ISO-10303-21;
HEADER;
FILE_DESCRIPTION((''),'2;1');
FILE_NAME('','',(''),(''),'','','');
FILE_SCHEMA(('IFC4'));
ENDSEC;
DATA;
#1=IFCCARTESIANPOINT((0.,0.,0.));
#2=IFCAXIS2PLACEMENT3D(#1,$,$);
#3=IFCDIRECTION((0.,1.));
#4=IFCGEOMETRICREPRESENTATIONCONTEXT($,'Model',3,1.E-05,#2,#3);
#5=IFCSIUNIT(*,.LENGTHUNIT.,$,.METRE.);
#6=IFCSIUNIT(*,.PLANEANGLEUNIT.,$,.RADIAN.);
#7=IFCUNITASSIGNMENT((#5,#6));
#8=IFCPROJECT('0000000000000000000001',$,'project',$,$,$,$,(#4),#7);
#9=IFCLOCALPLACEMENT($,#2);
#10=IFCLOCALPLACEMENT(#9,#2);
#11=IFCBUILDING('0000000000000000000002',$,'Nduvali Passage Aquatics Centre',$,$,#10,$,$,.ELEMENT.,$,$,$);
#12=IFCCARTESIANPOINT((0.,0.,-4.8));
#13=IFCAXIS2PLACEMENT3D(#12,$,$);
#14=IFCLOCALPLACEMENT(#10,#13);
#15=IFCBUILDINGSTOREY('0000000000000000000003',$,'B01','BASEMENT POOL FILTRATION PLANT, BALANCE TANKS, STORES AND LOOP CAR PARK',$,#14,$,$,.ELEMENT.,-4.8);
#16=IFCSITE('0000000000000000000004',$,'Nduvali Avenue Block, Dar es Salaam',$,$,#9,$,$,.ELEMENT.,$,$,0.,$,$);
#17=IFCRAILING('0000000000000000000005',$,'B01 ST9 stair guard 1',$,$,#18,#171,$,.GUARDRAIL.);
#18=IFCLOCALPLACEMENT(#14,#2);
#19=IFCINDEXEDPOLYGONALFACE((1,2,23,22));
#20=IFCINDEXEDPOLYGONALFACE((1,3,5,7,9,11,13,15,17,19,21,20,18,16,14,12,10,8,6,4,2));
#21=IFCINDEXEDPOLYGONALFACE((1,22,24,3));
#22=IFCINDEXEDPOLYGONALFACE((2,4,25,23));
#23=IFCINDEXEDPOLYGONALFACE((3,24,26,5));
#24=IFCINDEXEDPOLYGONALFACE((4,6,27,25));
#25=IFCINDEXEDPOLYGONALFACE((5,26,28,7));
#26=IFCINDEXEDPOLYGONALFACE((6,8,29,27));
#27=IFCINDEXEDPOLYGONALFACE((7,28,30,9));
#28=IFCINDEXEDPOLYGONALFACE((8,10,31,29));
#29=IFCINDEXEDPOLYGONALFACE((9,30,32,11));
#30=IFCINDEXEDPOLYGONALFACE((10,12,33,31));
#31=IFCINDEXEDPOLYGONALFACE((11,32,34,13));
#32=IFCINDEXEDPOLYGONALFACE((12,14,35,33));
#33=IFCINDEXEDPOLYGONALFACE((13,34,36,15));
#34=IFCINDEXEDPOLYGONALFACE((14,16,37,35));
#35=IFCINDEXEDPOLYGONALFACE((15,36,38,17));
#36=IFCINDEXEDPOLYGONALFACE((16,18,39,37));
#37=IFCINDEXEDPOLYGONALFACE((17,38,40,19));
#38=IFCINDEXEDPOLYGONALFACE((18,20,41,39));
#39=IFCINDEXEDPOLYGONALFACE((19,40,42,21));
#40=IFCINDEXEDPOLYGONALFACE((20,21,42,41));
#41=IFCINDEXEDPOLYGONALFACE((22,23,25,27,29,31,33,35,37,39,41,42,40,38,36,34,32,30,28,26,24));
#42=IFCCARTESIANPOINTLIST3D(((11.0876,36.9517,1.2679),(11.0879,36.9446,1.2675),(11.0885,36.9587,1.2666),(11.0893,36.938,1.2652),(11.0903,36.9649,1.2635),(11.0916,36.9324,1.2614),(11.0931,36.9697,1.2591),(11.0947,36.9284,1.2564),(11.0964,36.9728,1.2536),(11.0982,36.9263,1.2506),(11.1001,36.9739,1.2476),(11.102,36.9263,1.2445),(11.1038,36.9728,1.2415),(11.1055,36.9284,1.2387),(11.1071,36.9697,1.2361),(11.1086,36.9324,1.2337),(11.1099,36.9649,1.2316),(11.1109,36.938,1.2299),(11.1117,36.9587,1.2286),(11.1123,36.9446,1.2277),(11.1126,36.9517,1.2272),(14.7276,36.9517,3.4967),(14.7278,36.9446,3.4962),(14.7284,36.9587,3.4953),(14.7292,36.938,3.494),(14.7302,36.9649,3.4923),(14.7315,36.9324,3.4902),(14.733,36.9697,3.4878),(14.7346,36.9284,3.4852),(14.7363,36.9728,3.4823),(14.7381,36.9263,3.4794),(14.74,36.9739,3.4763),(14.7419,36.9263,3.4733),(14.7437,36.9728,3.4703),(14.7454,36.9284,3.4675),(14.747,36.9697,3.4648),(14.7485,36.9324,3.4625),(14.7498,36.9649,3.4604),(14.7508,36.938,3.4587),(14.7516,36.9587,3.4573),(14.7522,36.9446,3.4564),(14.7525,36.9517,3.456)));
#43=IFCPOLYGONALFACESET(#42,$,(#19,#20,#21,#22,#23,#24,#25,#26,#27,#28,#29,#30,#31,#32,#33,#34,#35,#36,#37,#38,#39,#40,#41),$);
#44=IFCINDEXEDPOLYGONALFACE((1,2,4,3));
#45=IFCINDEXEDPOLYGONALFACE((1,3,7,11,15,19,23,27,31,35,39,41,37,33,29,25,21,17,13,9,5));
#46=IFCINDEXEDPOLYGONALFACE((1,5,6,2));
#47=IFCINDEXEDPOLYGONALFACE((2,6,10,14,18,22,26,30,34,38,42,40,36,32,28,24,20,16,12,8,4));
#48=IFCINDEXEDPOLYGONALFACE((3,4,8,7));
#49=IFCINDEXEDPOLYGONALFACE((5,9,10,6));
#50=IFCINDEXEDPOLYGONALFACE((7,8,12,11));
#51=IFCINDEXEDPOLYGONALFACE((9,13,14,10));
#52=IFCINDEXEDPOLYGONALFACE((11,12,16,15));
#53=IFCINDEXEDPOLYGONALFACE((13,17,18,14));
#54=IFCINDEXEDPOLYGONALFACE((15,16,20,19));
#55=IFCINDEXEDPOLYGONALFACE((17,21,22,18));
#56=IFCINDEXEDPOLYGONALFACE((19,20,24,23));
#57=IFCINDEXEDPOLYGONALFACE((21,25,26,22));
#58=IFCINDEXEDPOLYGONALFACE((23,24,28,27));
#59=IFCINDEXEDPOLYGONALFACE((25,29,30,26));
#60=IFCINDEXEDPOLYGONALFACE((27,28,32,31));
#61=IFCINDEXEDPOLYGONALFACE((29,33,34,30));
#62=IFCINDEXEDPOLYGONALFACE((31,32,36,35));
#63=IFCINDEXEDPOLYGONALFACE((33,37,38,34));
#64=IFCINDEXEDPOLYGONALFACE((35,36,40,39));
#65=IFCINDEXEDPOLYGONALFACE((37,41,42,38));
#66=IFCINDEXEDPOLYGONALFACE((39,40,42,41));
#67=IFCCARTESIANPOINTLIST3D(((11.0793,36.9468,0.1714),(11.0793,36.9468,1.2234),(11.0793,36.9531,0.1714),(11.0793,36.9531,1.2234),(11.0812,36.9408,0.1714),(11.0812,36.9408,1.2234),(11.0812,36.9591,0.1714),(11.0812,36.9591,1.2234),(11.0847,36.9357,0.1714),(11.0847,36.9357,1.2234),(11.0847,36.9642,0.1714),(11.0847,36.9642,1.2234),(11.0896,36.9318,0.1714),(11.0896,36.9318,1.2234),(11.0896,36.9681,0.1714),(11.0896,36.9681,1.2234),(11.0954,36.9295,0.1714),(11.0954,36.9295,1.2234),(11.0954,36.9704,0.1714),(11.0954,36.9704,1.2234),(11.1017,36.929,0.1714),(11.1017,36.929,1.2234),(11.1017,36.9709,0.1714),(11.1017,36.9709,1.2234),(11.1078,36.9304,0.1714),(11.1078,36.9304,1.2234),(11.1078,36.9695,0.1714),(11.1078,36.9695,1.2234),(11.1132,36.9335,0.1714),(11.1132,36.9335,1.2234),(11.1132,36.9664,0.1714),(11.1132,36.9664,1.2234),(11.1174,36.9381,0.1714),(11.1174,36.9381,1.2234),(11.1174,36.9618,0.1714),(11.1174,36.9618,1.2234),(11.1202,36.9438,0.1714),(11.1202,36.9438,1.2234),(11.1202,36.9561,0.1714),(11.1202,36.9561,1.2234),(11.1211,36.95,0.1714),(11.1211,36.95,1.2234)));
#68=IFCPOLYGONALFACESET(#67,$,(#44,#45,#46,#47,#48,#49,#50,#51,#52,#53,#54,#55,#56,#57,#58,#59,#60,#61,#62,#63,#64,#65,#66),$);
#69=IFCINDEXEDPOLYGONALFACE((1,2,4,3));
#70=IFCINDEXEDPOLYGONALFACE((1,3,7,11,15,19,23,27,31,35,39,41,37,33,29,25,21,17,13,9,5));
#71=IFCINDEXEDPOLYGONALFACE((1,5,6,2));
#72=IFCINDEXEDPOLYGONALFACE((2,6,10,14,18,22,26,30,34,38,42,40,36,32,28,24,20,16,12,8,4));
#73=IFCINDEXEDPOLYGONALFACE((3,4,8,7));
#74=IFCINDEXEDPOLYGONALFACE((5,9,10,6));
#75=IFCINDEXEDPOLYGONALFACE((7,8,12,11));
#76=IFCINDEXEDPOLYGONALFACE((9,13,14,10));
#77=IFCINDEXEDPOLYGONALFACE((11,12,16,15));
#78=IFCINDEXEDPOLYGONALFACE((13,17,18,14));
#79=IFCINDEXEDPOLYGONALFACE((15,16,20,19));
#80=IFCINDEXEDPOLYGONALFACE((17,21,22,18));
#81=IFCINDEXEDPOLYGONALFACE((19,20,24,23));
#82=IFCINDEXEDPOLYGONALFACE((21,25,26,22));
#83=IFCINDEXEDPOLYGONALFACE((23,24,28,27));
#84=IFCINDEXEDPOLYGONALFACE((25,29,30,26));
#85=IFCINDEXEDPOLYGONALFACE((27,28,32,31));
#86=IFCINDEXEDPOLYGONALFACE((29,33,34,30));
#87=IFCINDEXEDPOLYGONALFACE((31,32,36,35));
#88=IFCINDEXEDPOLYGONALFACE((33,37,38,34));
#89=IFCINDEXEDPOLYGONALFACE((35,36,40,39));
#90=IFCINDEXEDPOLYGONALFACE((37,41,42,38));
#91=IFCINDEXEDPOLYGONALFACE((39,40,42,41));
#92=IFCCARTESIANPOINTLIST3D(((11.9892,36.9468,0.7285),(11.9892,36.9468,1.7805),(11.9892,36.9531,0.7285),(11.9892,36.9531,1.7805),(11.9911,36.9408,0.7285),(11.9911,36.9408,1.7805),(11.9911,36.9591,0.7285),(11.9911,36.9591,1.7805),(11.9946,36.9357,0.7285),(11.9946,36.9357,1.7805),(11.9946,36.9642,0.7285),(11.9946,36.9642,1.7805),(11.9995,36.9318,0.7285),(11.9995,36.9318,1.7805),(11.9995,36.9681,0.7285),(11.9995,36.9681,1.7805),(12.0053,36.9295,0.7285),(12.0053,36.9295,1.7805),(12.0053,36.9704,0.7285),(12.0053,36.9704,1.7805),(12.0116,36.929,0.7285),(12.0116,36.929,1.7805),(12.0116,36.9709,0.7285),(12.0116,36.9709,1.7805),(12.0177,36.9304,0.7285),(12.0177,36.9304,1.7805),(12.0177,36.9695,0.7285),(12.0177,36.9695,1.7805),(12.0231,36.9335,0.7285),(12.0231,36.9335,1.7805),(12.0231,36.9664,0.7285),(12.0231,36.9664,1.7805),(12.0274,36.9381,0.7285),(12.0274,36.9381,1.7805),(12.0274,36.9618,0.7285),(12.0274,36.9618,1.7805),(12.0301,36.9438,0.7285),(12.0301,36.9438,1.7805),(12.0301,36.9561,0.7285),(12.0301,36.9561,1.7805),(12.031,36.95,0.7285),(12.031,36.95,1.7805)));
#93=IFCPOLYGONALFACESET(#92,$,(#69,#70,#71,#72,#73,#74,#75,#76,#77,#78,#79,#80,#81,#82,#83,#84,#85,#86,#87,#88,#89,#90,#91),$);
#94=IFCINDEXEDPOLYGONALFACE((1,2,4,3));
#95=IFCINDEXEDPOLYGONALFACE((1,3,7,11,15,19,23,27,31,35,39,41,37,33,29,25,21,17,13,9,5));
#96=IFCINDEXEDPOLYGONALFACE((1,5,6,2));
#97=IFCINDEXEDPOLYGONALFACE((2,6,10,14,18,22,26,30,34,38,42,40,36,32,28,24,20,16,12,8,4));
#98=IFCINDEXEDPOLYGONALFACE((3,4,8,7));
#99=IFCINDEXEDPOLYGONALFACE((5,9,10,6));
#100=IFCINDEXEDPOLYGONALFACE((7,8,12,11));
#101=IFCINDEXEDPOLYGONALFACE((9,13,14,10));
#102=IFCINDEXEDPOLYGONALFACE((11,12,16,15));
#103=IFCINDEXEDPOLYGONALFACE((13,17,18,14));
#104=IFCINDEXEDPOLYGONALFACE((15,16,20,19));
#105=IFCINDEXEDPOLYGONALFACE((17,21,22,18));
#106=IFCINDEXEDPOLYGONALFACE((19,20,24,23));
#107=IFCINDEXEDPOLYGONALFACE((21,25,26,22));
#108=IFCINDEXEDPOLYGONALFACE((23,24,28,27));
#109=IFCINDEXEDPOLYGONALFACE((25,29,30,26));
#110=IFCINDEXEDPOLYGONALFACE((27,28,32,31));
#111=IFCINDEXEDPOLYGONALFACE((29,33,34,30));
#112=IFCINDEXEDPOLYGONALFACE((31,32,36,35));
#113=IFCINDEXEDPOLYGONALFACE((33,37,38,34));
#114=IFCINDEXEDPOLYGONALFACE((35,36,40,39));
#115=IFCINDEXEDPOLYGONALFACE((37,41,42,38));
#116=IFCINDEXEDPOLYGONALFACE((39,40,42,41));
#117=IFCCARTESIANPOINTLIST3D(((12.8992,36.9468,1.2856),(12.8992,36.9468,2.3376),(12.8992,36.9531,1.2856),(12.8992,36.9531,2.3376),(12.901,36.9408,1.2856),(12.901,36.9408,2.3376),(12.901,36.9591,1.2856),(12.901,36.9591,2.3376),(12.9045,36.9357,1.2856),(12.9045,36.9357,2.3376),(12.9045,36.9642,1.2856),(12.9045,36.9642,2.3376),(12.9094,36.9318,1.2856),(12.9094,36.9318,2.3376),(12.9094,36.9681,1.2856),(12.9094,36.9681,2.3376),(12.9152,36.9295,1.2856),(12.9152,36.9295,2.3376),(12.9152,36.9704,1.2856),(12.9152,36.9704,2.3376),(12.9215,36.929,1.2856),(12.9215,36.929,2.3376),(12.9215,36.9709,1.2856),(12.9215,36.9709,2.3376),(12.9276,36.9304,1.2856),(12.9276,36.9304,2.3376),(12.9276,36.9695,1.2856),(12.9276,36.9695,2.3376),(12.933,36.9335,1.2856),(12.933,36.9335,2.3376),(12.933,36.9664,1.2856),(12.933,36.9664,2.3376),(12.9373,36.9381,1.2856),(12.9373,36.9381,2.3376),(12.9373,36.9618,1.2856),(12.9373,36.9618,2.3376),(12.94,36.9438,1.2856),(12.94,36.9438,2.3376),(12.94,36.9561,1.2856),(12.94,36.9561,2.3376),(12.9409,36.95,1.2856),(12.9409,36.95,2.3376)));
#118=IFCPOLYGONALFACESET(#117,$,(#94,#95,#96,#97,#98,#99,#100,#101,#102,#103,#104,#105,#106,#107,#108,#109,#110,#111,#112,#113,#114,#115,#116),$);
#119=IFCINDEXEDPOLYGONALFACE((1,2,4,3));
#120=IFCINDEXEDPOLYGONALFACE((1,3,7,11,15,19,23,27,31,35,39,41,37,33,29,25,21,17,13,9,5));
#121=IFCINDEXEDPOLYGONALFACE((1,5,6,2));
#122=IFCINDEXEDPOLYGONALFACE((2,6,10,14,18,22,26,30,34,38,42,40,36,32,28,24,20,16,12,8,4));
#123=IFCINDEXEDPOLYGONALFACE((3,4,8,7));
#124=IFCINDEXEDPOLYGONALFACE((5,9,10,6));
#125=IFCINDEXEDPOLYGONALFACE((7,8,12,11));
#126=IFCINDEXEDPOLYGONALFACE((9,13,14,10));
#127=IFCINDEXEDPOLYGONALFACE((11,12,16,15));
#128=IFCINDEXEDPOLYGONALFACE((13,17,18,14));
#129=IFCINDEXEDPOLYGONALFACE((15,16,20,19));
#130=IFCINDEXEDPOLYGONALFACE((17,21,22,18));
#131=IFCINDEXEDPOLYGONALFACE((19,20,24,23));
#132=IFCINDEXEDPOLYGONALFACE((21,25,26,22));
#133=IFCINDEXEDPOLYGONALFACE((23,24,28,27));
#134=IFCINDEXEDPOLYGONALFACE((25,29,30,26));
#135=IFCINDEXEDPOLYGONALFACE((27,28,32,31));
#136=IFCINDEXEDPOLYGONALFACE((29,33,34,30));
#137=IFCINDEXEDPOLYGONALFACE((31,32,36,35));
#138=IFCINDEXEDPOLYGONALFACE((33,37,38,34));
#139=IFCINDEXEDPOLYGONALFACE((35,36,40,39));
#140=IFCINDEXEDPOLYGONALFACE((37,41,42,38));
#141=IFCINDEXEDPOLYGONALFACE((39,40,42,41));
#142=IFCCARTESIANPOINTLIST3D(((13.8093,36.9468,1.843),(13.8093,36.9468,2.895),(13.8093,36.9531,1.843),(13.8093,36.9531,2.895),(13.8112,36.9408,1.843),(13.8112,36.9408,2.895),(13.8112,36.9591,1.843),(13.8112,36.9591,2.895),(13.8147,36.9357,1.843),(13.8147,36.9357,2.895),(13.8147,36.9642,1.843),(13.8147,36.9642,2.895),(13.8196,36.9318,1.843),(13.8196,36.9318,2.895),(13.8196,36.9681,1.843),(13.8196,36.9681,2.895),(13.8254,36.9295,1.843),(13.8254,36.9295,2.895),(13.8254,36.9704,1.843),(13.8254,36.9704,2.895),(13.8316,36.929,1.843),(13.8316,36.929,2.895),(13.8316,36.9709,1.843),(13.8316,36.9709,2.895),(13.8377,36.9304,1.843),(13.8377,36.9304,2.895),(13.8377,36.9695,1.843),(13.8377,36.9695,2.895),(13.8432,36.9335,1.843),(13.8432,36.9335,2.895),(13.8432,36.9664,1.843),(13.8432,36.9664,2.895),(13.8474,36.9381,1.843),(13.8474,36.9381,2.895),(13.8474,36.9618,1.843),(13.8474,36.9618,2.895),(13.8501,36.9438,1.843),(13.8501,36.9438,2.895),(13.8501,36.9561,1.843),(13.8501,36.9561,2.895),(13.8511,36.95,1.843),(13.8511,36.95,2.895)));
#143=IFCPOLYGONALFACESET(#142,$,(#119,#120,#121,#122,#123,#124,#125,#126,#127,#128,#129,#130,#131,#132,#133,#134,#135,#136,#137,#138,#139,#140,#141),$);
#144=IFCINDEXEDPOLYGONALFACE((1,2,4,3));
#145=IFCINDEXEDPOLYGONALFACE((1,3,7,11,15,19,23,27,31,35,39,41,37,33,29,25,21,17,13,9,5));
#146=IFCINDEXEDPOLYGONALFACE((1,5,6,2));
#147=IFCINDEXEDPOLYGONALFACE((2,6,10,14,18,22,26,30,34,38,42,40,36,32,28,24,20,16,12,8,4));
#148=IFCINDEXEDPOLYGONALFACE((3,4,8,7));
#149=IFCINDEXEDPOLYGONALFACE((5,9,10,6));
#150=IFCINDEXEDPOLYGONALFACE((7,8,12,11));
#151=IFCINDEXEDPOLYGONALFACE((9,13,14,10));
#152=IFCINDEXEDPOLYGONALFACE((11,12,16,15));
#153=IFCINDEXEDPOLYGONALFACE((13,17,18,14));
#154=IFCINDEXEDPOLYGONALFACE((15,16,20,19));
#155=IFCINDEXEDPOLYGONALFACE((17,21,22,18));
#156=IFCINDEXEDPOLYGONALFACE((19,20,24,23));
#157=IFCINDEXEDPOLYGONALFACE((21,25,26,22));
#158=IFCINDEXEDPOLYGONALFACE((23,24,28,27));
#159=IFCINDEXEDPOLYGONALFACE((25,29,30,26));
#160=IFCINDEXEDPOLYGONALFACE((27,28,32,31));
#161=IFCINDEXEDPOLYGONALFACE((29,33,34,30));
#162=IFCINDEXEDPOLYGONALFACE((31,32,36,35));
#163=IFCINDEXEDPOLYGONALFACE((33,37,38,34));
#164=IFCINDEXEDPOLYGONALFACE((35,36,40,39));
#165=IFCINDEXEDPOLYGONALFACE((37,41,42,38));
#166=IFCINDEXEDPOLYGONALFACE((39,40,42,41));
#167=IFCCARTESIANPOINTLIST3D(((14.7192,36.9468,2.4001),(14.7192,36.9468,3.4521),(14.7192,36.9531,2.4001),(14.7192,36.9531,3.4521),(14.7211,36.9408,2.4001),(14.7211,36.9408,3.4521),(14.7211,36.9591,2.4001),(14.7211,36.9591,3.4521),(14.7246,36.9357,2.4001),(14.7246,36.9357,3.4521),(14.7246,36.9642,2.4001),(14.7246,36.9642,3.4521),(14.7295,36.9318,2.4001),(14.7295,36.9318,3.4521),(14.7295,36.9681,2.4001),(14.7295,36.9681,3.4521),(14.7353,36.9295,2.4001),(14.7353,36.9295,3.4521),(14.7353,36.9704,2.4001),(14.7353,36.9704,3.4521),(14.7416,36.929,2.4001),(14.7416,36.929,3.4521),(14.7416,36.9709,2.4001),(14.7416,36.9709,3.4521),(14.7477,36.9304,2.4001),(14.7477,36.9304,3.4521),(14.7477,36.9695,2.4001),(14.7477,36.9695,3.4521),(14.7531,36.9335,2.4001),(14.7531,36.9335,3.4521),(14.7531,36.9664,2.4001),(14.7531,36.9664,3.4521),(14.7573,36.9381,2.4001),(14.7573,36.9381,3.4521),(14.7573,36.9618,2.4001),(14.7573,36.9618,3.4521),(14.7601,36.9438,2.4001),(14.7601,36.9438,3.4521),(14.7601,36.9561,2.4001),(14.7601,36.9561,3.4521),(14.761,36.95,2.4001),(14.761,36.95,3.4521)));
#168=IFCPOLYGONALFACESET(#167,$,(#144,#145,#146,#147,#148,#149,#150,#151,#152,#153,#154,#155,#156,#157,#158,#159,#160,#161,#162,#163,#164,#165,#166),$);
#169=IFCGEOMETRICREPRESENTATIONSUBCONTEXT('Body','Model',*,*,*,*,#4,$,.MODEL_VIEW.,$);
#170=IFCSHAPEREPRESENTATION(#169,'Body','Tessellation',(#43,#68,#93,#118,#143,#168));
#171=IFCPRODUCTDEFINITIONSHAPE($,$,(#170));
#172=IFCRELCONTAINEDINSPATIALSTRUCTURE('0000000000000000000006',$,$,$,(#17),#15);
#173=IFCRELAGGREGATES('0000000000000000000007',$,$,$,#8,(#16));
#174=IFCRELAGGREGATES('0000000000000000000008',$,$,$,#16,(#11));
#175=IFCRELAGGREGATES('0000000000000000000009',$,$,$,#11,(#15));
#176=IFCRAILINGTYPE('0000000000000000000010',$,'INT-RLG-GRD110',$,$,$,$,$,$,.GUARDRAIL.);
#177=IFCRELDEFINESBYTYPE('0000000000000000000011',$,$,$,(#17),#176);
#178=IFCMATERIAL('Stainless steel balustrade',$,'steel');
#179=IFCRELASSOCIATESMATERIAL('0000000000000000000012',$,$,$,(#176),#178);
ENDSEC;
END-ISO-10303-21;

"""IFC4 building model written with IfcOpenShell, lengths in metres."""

from ifc_helpers import new_model, si_unit, direction, frame, origin, origin_2d, place, context, subcontext, project, spatial, circle, extrude, material, type_object, element, save


model = new_model("IFC4")

# Units and contexts
model_context = context("Model", 3, precision=1e-05, world=origin(), true_north=direction((0.0, 1.0)))
body_context = subcontext(model_context, "Body", "Model", "MODEL_VIEW")
ifc_project = project(units=[si_unit("LENGTHUNIT", "METRE"), si_unit("PLANEANGLEUNIT", "RADIAN")], contexts=[model_context])

# Site, building, storey
site_placement = place(None, origin())
site = spatial("IfcSite", under=ifc_project, at=site_placement, Name="Nduvali Avenue Block, Dar es Salaam", CompositionType="ELEMENT", RefElevation=0.0)
building_placement = place(site_placement, origin())
building = spatial("IfcBuilding", under=site, at=building_placement, Name="Nduvali Passage Aquatics Centre", CompositionType="ELEMENT")
storey_placement = place(building_placement, frame((0.0, 0.0, -4.8)))
storey = spatial("IfcBuildingStorey", under=building, at=storey_placement, Name="B01", Description="BASEMENT POOL FILTRATION PLANT, BALANCE TANKS, STORES AND LOOP CAR PARK", CompositionType="ELEMENT", Elevation=-4.8)

# Railing
ifc_material_1 = material(Name="Stainless steel balustrade", Category="steel")
railing_type_1 = type_object("IfcRailingType", Name="INT-RLG-GRD110", PredefinedType="GUARDRAIL", material=ifc_material_1)
railing_1_placement = place(storey_placement, frame((11.1001, 36.95, 0.1714)))
element("IfcRailing", 1, at=railing_1_placement, inside=storey, type_object=railing_type_1, Name="B01 ST9 stair guard 1", PredefinedType="GUARDRAIL", context=body_context, shape_type="SweptSolid", body=[
    extrude(circle(Radius=0.0239, at=origin_2d()), frame((0.0, 0.0, 1.0762), z_axis=(0.852825, 0.0, 0.522197), x_axis=(0.0, 1.0, 0.0)), (0.0, 0.0, 1.0), 4.2681),
    extrude(circle(Radius=0.021, at=origin_2d()), origin(), (0.0, 0.0, 1.0), 1.052),
    extrude(circle(Radius=0.021, at=origin_2d()), frame((0.9099, 0.0, 0.5571)), (0.0, 0.0, 1.0), 1.052),
    extrude(circle(Radius=0.021, at=origin_2d()), frame((1.8198, 0.0, 1.1143)), (0.0, 0.0, 1.0), 1.052),
    extrude(circle(Radius=0.021, at=origin_2d()), frame((2.73, 0.0, 1.6716)), (0.0, 0.0, 1.0), 1.052),
    extrude(circle(Radius=0.021, at=origin_2d()), frame((3.6399, 0.0, 2.2288)), (0.0, 0.0, 1.0), 1.052),
])

save(model, "model.ifc")
